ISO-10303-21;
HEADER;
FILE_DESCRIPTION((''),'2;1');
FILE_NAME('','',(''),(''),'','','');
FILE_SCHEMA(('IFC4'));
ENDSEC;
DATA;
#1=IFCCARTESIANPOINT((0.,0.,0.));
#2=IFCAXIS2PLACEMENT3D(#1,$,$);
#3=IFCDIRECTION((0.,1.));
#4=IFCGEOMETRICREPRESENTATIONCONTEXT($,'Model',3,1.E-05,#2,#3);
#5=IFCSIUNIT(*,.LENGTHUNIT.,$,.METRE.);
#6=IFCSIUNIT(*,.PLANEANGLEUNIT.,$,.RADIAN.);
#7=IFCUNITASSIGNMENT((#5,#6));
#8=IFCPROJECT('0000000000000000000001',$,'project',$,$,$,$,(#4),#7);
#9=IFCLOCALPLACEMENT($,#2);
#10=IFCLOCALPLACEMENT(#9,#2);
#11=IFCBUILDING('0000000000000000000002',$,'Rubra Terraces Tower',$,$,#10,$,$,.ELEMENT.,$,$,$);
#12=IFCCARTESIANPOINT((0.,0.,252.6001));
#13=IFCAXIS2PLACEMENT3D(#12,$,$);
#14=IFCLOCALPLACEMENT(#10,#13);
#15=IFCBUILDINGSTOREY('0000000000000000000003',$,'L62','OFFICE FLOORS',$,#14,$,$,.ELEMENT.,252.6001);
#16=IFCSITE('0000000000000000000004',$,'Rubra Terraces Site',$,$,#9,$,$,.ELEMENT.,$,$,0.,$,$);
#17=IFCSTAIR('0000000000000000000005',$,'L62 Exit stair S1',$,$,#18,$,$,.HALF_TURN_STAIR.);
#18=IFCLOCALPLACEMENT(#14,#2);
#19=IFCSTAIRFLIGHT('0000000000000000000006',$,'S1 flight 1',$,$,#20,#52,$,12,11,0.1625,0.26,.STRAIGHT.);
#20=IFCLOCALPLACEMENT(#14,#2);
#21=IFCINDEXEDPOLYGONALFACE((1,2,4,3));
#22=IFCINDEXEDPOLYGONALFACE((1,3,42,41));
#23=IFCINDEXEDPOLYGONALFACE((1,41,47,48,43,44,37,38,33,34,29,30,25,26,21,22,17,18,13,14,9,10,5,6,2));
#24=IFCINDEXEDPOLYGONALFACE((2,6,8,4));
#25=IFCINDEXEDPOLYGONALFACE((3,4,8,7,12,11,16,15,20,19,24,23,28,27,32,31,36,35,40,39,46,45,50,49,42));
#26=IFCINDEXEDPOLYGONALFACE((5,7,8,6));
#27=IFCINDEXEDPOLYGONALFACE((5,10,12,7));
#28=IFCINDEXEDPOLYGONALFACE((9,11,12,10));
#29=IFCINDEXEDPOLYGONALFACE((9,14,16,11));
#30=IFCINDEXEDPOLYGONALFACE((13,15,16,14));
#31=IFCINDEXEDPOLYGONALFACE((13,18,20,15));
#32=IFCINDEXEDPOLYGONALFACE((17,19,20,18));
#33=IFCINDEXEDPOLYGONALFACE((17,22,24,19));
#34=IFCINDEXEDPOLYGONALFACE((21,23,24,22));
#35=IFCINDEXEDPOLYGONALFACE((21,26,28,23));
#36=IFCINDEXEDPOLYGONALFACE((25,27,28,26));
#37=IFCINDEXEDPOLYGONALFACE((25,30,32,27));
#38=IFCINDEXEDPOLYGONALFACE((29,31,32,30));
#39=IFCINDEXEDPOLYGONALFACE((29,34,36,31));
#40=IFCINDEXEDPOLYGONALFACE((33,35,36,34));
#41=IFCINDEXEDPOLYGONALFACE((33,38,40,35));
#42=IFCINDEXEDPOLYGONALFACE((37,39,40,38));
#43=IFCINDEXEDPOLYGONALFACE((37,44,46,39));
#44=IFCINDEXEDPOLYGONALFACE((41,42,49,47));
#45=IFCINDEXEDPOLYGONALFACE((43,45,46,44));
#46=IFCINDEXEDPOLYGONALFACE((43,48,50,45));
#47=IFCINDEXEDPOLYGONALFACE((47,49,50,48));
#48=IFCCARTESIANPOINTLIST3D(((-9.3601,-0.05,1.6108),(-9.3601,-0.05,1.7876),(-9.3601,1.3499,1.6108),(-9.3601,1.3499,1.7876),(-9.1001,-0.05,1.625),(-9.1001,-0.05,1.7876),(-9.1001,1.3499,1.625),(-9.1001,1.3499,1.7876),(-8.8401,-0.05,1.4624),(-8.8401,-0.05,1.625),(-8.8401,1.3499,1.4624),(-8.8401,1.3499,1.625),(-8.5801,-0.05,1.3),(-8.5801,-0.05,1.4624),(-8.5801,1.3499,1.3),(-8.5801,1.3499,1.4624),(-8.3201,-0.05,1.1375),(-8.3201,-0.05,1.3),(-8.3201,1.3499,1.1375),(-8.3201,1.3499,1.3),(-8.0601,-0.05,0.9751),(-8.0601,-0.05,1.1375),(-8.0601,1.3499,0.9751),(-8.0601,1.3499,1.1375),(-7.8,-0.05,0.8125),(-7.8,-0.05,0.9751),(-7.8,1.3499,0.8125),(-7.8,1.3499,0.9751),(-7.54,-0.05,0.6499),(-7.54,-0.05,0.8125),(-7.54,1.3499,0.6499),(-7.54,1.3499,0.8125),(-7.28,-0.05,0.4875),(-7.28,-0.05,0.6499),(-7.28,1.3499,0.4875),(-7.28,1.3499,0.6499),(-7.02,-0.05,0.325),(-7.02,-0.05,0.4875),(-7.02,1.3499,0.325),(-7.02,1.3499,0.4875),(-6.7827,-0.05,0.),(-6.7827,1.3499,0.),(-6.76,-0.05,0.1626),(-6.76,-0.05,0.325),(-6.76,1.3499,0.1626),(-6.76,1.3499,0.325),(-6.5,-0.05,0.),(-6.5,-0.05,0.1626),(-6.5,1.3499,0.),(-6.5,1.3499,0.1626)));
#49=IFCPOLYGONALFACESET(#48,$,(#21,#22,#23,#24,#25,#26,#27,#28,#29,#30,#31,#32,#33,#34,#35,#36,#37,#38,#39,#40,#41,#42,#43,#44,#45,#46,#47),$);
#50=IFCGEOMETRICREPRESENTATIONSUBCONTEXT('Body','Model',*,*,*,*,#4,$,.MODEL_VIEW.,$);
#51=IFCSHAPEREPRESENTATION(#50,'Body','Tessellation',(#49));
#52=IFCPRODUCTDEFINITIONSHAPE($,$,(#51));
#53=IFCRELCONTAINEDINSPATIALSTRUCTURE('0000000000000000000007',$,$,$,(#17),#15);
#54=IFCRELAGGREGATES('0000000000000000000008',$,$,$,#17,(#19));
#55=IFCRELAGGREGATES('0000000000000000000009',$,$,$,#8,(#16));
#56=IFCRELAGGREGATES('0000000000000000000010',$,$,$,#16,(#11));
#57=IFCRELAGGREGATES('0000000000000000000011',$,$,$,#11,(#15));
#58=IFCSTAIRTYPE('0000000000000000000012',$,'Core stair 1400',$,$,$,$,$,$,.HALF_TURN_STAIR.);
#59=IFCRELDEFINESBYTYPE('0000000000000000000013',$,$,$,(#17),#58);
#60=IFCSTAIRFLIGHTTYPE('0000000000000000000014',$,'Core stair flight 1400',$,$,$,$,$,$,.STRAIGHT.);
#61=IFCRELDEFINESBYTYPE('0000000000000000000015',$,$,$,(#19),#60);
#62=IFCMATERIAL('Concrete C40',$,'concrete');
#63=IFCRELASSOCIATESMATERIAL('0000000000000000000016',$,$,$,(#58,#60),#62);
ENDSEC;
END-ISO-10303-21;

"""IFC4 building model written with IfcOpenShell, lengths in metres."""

from ifc_helpers import new_model, si_unit, direction, frame, origin, place, context, subcontext, project, spatial, polyline, outline, extrude, material, type_object, element, aggregate, save


model = new_model("IFC4")

# Units and contexts
model_context = context("Model", 3, precision=1e-05, world=origin(), true_north=direction((0.0, 1.0)))
body_context = subcontext(model_context, "Body", "Model", "MODEL_VIEW")
ifc_project = project(units=[si_unit("LENGTHUNIT", "METRE"), si_unit("PLANEANGLEUNIT", "RADIAN")], contexts=[model_context])

# Site, building, storey
site_placement = place(None, origin())
site = spatial("IfcSite", under=ifc_project, at=site_placement, Name="Rubra Terraces Site", CompositionType="ELEMENT", RefElevation=0.0)
building_placement = place(site_placement, origin())
building = spatial("IfcBuilding", under=site, at=building_placement, Name="Rubra Terraces Tower", CompositionType="ELEMENT")
storey_placement = place(building_placement, frame((0.0, 0.0, 252.6001)))
storey = spatial("IfcBuildingStorey", under=building, at=storey_placement, Name="L62", Description="OFFICE FLOORS", CompositionType="ELEMENT", Elevation=252.6001)

# Shared definitions
ifc_material_1 = material(Name="Concrete C40", Category="concrete")

# Stair, stair flight
stair_type = type_object("IfcStairType", Name="Core stair 1400", PredefinedType="HALF_TURN_STAIR", material=ifc_material_1)
stair_placement = place(storey_placement, origin())
stair = element("IfcStair", 1, at=stair_placement, inside=storey, type_object=stair_type, Name="L62 Exit stair S1", PredefinedType="HALF_TURN_STAIR")
stair_flight_type = type_object("IfcStairFlightType", Name="Core stair flight 1400", PredefinedType="STRAIGHT", material=ifc_material_1)
stair_flight_placement = place(storey_placement, frame((-6.5, 0.6499, 0.0), z_axis=(0.0, 0.0, 1.0), x_axis=(-1.0, 0.0, 0.0)))
stair_flight = element("IfcStairFlight", 2, at=stair_flight_placement, type_object=stair_flight_type, Name="S1 flight 1", NumberOfRisers=12, NumberOfTreads=11, PredefinedType="STRAIGHT", RiserHeight=0.1625, TreadLength=0.26, context=body_context, shape_type="SweptSolid", body=[
    extrude(outline(polyline([(0.0, 0.0), (0.0, 0.1626), (0.26, 0.1626), (0.26, 0.325), (0.52, 0.325), (0.52, 0.4875), (0.78, 0.4875), (0.78, 0.6499), (1.04, 0.6499), (1.04, 0.8125), (1.3, 0.8125), (1.3, 0.9751), (1.5601, 0.9751), (1.5601, 1.1375), (1.8201, 1.1375), (1.8201, 1.3), (2.0801, 1.3), (2.0801, 1.4624), (2.3401, 1.4624), (2.3401, 1.625), (2.6001, 1.625), (2.6001, 1.7876), (2.8601, 1.7876), (2.8601, 1.95), (2.8601, 1.6108), (0.2827, 0.0), (0.0, 0.0)])), frame((0.0, 0.7, 0.0), z_axis=(0.0, -1.0, 0.0), x_axis=(1.0, 0.0, 0.0)), (0.0, 0.0, 1.0), 1.3999),
])
aggregate(stair, [stair_flight])

save(model, "model.ifc")
